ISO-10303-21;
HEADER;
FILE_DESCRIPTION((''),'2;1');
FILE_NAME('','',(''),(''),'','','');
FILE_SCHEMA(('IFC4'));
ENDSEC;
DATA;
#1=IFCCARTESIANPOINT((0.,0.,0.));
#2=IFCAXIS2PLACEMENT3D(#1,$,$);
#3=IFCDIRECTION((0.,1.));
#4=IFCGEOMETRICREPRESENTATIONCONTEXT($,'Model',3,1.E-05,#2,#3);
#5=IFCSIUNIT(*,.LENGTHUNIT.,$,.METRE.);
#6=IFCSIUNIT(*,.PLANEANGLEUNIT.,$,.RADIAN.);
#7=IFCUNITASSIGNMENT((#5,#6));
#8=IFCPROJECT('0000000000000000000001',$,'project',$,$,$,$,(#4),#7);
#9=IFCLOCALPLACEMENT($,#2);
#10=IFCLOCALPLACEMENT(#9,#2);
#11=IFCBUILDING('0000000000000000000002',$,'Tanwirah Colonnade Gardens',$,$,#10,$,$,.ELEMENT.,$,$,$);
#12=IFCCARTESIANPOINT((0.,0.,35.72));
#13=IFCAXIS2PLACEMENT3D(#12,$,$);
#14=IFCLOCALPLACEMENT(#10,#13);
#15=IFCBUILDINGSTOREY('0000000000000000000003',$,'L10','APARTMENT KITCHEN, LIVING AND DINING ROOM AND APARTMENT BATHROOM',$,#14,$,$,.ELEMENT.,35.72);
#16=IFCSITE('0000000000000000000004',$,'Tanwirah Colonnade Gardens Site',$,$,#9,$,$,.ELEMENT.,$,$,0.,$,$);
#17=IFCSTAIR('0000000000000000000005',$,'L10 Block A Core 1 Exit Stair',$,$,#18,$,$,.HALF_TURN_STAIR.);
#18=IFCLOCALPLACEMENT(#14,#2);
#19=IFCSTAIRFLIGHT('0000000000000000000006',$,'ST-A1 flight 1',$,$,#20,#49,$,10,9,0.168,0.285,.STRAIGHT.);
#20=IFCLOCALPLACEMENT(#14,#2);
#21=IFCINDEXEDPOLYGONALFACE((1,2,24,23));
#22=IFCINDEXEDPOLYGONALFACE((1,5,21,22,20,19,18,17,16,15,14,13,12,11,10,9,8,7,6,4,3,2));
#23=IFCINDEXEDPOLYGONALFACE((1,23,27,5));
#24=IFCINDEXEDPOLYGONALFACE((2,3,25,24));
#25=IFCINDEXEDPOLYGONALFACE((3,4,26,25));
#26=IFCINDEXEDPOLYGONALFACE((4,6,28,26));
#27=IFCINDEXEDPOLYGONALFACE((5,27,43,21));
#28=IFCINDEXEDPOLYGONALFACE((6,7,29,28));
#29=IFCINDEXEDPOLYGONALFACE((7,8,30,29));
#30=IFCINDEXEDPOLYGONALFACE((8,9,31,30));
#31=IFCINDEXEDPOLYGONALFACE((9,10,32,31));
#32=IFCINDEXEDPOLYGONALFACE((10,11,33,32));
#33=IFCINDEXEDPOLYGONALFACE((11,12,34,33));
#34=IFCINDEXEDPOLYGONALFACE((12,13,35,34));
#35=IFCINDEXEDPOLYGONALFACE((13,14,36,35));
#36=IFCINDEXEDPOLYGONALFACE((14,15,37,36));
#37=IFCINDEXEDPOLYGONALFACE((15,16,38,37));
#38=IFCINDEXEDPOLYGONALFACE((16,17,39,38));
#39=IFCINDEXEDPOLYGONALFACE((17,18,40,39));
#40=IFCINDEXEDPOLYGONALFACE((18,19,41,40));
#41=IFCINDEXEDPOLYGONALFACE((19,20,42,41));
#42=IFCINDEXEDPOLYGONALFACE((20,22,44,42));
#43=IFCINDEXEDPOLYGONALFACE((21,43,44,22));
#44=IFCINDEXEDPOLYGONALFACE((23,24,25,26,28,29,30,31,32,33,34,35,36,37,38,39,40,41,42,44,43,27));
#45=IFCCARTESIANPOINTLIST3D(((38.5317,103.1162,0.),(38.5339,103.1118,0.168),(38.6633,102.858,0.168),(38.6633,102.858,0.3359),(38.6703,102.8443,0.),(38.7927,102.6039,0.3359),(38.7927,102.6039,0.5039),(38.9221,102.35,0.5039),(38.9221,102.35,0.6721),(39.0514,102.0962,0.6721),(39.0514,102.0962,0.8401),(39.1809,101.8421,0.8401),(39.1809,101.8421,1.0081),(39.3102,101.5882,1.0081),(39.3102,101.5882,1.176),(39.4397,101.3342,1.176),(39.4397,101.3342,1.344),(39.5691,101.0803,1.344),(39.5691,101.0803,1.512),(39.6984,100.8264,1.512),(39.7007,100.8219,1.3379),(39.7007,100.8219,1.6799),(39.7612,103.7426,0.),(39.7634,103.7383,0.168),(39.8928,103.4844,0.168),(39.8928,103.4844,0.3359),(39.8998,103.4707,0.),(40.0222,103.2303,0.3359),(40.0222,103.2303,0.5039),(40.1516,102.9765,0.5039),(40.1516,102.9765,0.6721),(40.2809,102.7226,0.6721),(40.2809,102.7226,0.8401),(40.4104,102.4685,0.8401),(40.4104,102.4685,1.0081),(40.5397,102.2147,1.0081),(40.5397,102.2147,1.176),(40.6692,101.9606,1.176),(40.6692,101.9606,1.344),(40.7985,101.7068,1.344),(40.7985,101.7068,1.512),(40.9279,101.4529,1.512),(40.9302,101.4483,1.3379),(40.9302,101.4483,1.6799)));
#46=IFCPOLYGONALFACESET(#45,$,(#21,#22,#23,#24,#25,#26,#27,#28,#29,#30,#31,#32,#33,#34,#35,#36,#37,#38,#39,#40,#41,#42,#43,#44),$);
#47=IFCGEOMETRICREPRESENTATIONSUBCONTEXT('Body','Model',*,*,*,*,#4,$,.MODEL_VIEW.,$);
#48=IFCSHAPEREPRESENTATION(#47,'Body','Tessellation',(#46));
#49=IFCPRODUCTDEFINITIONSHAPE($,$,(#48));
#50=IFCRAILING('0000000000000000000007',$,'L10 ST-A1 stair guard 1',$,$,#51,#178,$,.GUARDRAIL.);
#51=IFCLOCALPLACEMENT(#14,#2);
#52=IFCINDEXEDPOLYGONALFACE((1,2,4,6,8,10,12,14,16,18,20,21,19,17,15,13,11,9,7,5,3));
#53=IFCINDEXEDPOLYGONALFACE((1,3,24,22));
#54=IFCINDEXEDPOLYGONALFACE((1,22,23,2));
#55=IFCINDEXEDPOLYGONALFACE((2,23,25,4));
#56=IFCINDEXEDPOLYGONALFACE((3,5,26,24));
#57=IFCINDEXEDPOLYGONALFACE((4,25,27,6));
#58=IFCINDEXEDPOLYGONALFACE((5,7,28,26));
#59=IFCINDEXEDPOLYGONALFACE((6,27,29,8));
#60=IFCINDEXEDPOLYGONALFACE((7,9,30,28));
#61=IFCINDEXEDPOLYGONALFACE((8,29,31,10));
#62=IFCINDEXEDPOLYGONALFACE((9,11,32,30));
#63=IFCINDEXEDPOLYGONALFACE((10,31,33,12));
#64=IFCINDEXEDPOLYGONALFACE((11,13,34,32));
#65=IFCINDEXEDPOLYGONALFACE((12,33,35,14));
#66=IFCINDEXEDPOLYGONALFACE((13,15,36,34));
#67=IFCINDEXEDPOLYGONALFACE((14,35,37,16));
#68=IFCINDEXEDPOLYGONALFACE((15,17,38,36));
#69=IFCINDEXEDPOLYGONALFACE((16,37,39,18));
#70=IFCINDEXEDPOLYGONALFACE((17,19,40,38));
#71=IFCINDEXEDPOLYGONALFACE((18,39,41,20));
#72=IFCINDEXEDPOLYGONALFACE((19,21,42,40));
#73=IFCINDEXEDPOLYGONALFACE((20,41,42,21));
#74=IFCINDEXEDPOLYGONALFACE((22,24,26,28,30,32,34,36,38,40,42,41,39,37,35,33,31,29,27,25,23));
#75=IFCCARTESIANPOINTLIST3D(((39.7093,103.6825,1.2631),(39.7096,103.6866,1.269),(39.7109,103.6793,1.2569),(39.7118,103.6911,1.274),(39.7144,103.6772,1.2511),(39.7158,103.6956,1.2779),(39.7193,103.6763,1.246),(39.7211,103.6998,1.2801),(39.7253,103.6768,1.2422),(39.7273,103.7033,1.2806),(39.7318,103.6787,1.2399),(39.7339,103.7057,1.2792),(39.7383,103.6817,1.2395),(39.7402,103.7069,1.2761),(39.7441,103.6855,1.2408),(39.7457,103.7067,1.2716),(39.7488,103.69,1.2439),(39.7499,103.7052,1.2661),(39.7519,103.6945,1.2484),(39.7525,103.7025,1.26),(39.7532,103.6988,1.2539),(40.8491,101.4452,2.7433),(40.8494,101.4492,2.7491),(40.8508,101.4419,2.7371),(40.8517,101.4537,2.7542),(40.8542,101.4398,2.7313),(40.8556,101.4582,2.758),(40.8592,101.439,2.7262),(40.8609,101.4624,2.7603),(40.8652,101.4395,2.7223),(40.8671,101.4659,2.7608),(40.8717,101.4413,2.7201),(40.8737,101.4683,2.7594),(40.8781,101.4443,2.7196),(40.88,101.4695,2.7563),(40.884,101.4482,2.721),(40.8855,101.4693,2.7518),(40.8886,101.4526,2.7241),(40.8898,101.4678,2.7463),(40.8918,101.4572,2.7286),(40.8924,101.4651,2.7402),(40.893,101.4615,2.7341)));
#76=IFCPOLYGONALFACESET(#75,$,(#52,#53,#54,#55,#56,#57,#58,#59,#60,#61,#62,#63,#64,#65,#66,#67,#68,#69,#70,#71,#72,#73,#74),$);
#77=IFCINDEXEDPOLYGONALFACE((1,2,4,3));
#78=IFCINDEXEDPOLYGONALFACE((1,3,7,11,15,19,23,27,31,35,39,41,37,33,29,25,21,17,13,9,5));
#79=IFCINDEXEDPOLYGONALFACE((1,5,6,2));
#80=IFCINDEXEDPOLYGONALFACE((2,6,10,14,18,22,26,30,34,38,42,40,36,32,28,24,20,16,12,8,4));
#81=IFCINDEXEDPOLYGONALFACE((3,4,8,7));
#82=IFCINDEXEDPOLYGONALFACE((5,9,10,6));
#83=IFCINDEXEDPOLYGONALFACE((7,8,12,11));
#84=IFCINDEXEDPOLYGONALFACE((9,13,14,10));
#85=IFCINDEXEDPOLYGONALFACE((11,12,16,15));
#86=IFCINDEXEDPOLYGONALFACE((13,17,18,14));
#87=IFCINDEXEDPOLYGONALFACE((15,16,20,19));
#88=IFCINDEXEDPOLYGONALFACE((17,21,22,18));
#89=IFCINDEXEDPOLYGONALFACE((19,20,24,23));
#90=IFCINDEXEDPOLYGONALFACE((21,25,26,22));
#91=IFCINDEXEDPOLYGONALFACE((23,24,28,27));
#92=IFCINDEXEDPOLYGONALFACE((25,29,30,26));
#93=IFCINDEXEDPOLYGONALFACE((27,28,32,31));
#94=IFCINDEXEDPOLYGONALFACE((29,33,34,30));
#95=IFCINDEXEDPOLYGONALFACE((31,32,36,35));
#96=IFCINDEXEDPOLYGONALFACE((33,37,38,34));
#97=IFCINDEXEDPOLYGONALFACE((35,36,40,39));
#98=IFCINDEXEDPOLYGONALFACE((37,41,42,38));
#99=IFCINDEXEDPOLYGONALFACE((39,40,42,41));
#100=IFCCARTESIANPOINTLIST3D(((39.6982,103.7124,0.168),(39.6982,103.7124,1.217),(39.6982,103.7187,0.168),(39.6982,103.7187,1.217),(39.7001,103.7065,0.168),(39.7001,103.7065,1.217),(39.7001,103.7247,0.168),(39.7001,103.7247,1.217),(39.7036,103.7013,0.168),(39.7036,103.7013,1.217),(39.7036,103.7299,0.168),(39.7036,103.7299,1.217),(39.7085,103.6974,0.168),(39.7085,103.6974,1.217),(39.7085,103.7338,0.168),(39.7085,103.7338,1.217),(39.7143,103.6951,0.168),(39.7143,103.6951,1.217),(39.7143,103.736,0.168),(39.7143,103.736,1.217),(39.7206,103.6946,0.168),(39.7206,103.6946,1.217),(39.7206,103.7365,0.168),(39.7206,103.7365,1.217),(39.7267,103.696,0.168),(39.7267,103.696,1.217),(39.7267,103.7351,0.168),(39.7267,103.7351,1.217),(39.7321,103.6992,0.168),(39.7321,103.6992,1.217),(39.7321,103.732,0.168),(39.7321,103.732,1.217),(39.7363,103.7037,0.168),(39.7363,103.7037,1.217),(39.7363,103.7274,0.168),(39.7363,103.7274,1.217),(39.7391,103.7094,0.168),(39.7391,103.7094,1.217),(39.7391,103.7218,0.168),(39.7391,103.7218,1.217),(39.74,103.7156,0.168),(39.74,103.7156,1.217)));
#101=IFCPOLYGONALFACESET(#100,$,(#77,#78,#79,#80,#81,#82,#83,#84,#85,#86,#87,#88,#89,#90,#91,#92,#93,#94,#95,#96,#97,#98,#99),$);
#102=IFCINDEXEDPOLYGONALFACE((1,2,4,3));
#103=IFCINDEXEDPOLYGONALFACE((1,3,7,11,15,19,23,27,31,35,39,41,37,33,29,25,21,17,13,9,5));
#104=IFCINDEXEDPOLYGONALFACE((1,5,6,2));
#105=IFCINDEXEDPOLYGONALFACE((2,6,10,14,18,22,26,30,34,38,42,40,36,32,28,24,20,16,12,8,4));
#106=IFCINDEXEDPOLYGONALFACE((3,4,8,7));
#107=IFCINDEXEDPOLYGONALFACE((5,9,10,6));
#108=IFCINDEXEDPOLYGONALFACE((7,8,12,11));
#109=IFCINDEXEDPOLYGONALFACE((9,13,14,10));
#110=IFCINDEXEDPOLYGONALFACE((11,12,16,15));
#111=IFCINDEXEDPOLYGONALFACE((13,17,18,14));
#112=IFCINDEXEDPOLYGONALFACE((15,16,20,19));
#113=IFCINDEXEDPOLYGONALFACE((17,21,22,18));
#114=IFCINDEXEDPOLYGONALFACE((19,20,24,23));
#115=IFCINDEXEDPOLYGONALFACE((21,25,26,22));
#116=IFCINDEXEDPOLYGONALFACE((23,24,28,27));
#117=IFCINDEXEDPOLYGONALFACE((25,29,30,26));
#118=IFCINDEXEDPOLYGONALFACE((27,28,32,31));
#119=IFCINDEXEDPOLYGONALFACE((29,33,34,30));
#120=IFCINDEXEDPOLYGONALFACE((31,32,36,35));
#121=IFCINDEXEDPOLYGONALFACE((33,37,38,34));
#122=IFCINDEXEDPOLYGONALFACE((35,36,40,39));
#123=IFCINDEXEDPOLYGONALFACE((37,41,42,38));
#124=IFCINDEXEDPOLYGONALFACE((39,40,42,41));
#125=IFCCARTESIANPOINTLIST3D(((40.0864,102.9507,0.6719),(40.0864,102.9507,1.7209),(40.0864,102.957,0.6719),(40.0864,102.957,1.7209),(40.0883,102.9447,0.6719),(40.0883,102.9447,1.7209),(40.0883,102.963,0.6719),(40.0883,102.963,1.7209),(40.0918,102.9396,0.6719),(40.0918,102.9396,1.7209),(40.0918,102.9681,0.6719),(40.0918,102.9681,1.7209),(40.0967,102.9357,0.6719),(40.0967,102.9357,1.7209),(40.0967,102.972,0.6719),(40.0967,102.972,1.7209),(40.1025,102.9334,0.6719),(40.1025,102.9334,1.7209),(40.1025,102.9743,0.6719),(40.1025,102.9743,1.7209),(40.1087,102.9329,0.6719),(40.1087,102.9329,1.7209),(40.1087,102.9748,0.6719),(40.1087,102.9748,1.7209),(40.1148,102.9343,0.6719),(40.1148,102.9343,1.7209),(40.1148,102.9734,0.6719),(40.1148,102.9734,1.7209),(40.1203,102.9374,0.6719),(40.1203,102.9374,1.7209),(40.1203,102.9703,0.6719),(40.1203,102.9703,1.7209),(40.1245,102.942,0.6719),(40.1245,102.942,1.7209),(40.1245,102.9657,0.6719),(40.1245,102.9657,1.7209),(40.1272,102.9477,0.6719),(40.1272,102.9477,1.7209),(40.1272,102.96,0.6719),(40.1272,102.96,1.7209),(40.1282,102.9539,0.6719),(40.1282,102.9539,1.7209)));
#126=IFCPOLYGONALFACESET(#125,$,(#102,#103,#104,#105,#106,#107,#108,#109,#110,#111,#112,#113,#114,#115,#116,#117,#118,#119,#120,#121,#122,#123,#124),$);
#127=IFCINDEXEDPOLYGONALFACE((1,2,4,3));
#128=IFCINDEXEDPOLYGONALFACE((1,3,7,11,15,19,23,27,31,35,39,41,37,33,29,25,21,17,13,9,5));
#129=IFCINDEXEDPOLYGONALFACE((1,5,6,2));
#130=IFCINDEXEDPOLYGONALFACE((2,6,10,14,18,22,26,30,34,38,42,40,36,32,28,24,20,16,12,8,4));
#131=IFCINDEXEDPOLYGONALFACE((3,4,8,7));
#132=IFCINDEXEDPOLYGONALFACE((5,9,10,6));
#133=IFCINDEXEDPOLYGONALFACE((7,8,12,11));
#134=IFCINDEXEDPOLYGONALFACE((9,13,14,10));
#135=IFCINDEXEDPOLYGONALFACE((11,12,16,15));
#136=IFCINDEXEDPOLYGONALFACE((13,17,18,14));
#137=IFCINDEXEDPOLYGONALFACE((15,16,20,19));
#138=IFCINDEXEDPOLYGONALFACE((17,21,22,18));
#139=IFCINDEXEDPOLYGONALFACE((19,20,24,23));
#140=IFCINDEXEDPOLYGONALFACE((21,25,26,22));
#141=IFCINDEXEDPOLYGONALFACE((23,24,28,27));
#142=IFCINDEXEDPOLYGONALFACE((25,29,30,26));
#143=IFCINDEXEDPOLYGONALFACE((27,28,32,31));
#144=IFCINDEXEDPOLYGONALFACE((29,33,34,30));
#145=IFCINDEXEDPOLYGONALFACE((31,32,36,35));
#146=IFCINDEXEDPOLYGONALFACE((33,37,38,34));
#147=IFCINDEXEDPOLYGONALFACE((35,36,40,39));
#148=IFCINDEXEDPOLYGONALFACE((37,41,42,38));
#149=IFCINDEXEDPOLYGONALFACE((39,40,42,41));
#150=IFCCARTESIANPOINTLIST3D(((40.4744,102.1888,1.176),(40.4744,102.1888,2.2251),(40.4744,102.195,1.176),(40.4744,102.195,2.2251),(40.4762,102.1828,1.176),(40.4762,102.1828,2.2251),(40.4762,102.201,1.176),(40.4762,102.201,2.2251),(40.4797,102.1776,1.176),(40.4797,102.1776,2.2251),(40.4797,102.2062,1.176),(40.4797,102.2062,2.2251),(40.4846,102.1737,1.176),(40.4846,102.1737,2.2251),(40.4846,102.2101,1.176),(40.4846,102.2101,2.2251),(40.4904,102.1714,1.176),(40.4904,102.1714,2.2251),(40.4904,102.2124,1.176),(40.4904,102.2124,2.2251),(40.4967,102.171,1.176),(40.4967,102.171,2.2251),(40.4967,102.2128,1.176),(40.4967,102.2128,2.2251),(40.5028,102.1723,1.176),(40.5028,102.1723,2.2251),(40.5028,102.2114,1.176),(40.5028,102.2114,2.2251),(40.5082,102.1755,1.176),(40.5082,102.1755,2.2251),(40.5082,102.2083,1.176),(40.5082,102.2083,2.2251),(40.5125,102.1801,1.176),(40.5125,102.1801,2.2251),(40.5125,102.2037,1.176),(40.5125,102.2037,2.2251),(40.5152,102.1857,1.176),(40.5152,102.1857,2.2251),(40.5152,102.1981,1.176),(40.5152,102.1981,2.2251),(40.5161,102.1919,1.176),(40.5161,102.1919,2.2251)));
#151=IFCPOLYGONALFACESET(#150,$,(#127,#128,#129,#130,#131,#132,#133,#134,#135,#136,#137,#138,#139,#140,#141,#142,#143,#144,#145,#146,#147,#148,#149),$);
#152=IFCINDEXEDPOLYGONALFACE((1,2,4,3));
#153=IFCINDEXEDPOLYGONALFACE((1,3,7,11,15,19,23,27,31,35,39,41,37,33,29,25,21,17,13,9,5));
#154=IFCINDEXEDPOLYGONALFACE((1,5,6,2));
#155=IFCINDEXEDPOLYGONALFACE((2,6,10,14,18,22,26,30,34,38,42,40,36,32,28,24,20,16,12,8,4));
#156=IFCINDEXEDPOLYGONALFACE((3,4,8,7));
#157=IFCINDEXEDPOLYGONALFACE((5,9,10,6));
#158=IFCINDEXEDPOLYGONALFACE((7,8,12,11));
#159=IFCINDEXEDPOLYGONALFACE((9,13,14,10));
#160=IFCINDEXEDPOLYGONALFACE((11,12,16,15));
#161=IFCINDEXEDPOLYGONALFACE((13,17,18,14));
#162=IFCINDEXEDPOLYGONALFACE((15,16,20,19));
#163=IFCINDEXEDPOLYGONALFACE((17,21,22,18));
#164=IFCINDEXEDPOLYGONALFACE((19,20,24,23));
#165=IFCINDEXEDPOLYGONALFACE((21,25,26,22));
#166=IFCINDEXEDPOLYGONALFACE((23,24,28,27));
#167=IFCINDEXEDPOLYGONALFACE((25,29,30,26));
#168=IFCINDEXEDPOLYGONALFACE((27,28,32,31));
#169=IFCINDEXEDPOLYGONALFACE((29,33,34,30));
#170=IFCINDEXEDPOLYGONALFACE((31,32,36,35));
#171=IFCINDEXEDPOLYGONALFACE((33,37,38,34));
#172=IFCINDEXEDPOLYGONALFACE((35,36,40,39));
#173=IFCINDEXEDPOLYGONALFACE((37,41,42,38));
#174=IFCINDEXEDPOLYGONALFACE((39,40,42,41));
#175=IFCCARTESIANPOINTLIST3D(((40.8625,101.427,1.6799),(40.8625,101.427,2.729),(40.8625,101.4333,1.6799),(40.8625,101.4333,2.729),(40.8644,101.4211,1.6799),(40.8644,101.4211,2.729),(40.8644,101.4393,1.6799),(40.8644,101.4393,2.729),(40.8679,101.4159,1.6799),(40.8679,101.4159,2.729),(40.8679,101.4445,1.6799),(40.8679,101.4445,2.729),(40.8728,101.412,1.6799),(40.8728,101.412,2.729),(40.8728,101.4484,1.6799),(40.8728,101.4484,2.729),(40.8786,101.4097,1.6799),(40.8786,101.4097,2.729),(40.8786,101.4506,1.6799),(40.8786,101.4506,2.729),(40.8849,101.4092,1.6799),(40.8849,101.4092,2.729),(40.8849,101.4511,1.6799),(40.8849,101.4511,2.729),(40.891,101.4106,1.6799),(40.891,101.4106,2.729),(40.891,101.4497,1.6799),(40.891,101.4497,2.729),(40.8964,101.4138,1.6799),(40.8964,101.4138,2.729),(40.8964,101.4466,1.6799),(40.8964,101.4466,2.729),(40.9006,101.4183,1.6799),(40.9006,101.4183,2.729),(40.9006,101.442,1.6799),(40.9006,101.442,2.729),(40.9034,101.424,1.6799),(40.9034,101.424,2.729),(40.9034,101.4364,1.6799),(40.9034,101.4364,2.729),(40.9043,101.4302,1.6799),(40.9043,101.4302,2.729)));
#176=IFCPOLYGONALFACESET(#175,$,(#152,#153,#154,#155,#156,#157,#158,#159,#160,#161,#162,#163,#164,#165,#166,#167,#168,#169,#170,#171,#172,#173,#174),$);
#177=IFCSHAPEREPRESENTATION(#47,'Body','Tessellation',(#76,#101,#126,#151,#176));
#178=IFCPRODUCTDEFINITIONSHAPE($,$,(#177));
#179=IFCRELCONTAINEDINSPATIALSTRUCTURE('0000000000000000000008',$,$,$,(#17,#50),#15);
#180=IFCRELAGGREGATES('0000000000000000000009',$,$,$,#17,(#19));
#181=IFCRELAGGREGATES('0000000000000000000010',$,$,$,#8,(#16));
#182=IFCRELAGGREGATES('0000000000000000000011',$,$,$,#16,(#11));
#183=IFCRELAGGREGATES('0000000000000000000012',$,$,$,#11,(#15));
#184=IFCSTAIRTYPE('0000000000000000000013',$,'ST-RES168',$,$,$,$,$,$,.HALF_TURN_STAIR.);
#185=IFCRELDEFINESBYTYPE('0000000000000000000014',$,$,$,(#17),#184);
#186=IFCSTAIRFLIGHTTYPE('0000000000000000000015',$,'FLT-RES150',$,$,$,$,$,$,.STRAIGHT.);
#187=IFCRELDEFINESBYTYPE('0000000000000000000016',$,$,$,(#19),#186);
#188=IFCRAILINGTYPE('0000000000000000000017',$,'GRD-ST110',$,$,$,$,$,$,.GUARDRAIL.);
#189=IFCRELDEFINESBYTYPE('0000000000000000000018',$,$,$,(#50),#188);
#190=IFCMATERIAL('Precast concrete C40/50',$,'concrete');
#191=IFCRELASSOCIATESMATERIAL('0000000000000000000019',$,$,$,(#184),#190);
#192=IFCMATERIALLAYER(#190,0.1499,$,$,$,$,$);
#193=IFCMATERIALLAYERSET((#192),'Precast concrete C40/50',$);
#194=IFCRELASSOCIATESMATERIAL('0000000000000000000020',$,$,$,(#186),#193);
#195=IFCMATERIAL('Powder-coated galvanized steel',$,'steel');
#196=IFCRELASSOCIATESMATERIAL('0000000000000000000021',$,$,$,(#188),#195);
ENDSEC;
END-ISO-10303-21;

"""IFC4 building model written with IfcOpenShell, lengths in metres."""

from ifc_helpers import new_model, si_unit, direction, frame, origin, origin_2d, place, context, subcontext, project, spatial, polyline, circle, outline, extrude, material, layer, layer_set, type_object, element, aggregate, save


model = new_model("IFC4")

# Units and contexts
model_context = context("Model", 3, precision=1e-05, world=origin(), true_north=direction((0.0, 1.0)))
body_context = subcontext(model_context, "Body", "Model", "MODEL_VIEW")
ifc_project = project(units=[si_unit("LENGTHUNIT", "METRE"), si_unit("PLANEANGLEUNIT", "RADIAN")], contexts=[model_context])

# Site, building, storey
site_placement = place(None, origin())
site = spatial("IfcSite", under=ifc_project, at=site_placement, Name="Tanwirah Colonnade Gardens Site", CompositionType="ELEMENT", RefElevation=0.0)
building_placement = place(site_placement, origin())
building = spatial("IfcBuilding", under=site, at=building_placement, Name="Tanwirah Colonnade Gardens", CompositionType="ELEMENT")
storey_placement = place(building_placement, frame((0.0, 0.0, 35.72)))
storey = spatial("IfcBuildingStorey", under=building, at=storey_placement, Name="L10", Description="APARTMENT KITCHEN, LIVING AND DINING ROOM AND APARTMENT BATHROOM", CompositionType="ELEMENT", Elevation=35.72)

# Shared definitions
ifc_material_1 = material(Name="Precast concrete C40/50", Category="concrete")

# Stair, stair flight
stair_type = type_object("IfcStairType", Name="ST-RES168", PredefinedType="HALF_TURN_STAIR", material=ifc_material_1)
stair_placement = place(storey_placement, origin())
stair = element("IfcStair", 1, at=stair_placement, inside=storey, type_object=stair_type, Name="L10 Block A Core 1 Exit Stair", PredefinedType="HALF_TURN_STAIR")
ifc_layer_1 = layer(ifc_material_1, 0.1499)
ifc_layer_set_1 = layer_set([ifc_layer_1], Name="Precast concrete C40/50")
stair_flight_type = type_object("IfcStairFlightType", Name="FLT-RES150", PredefinedType="STRAIGHT", material=ifc_layer_set_1)
stair_flight_placement = place(storey_placement, frame((39.1487, 103.425, 0.0), z_axis=(0.0, 0.0, 1.0), x_axis=(0.45399, -0.891007, 0.0)))
stair_flight = element("IfcStairFlight", 2, at=stair_flight_placement, type_object=stair_flight_type, Name="ST-A1 flight 1", NumberOfRisers=10, NumberOfTreads=9, PredefinedType="STRAIGHT", RiserHeight=0.168, TreadLength=0.285, context=body_context, shape_type="SweptSolid", body=[
    extrude(outline(polyline([(-0.0049, 0.0), (0.0, 0.168), (0.2849, 0.168), (0.2849, 0.3359), (0.5701, 0.3359), (0.5701, 0.5039), (0.855, 0.5039), (0.855, 0.6721), (1.1399, 0.6721), (1.1399, 0.8401), (1.425, 0.8401), (1.425, 1.0081), (1.71, 1.0081), (1.71, 1.176), (1.9951, 1.176), (1.9951, 1.344), (2.28, 1.344), (2.28, 1.512), (2.5649, 1.512), (2.5701, 1.6799), (2.5701, 1.3379), (0.3003, 0.0), (-0.0049, 0.0)])), frame((0.0, 0.6899, 0.0), z_axis=(0.0, -1.0, 0.0), x_axis=(1.0, 0.0, 0.0)), (0.0, 0.0, 1.0), 1.3799),
])
aggregate(stair, [stair_flight])

# Railing
ifc_material_2 = material(Name="Powder-coated galvanized steel", Category="steel")
railing_type_1 = type_object("IfcRailingType", Name="GRD-ST110", PredefinedType="GUARDRAIL", material=ifc_material_2)
railing_1_placement = place(storey_placement, frame((39.719, 103.7156, 0.168)))
element("IfcRailing", 3, at=railing_1_placement, inside=storey, type_object=railing_type_1, Name="L10 ST-A1 stair guard 1", PredefinedType="GUARDRAIL", context=body_context, shape_type="SweptSolid", body=[
    extrude(circle(Radius=0.0239, at=origin_2d()), frame((0.0122, -0.0239, 1.092), z_axis=(0.391053, -0.767592, 0.507819), x_axis=(0.891032, 0.45394, 0.0)), (0.0, 0.0, 1.0), 2.9148),
    extrude(circle(Radius=0.021, at=origin_2d()), origin(), (0.0, 0.0, 1.0), 1.0491),
    extrude(circle(Radius=0.021, at=origin_2d()), frame((0.3882, -0.7617, 0.5039)), (0.0, 0.0, 1.0), 1.0491),
    extrude(circle(Radius=0.021, at=origin_2d()), frame((0.7761, -1.5237, 1.0081)), (0.0, 0.0, 1.0), 1.0491),
    extrude(circle(Radius=0.021, at=origin_2d()), frame((1.1643, -2.2854, 1.512)), (0.0, 0.0, 1.0), 1.0491),
])

save(model, "model.ifc")
